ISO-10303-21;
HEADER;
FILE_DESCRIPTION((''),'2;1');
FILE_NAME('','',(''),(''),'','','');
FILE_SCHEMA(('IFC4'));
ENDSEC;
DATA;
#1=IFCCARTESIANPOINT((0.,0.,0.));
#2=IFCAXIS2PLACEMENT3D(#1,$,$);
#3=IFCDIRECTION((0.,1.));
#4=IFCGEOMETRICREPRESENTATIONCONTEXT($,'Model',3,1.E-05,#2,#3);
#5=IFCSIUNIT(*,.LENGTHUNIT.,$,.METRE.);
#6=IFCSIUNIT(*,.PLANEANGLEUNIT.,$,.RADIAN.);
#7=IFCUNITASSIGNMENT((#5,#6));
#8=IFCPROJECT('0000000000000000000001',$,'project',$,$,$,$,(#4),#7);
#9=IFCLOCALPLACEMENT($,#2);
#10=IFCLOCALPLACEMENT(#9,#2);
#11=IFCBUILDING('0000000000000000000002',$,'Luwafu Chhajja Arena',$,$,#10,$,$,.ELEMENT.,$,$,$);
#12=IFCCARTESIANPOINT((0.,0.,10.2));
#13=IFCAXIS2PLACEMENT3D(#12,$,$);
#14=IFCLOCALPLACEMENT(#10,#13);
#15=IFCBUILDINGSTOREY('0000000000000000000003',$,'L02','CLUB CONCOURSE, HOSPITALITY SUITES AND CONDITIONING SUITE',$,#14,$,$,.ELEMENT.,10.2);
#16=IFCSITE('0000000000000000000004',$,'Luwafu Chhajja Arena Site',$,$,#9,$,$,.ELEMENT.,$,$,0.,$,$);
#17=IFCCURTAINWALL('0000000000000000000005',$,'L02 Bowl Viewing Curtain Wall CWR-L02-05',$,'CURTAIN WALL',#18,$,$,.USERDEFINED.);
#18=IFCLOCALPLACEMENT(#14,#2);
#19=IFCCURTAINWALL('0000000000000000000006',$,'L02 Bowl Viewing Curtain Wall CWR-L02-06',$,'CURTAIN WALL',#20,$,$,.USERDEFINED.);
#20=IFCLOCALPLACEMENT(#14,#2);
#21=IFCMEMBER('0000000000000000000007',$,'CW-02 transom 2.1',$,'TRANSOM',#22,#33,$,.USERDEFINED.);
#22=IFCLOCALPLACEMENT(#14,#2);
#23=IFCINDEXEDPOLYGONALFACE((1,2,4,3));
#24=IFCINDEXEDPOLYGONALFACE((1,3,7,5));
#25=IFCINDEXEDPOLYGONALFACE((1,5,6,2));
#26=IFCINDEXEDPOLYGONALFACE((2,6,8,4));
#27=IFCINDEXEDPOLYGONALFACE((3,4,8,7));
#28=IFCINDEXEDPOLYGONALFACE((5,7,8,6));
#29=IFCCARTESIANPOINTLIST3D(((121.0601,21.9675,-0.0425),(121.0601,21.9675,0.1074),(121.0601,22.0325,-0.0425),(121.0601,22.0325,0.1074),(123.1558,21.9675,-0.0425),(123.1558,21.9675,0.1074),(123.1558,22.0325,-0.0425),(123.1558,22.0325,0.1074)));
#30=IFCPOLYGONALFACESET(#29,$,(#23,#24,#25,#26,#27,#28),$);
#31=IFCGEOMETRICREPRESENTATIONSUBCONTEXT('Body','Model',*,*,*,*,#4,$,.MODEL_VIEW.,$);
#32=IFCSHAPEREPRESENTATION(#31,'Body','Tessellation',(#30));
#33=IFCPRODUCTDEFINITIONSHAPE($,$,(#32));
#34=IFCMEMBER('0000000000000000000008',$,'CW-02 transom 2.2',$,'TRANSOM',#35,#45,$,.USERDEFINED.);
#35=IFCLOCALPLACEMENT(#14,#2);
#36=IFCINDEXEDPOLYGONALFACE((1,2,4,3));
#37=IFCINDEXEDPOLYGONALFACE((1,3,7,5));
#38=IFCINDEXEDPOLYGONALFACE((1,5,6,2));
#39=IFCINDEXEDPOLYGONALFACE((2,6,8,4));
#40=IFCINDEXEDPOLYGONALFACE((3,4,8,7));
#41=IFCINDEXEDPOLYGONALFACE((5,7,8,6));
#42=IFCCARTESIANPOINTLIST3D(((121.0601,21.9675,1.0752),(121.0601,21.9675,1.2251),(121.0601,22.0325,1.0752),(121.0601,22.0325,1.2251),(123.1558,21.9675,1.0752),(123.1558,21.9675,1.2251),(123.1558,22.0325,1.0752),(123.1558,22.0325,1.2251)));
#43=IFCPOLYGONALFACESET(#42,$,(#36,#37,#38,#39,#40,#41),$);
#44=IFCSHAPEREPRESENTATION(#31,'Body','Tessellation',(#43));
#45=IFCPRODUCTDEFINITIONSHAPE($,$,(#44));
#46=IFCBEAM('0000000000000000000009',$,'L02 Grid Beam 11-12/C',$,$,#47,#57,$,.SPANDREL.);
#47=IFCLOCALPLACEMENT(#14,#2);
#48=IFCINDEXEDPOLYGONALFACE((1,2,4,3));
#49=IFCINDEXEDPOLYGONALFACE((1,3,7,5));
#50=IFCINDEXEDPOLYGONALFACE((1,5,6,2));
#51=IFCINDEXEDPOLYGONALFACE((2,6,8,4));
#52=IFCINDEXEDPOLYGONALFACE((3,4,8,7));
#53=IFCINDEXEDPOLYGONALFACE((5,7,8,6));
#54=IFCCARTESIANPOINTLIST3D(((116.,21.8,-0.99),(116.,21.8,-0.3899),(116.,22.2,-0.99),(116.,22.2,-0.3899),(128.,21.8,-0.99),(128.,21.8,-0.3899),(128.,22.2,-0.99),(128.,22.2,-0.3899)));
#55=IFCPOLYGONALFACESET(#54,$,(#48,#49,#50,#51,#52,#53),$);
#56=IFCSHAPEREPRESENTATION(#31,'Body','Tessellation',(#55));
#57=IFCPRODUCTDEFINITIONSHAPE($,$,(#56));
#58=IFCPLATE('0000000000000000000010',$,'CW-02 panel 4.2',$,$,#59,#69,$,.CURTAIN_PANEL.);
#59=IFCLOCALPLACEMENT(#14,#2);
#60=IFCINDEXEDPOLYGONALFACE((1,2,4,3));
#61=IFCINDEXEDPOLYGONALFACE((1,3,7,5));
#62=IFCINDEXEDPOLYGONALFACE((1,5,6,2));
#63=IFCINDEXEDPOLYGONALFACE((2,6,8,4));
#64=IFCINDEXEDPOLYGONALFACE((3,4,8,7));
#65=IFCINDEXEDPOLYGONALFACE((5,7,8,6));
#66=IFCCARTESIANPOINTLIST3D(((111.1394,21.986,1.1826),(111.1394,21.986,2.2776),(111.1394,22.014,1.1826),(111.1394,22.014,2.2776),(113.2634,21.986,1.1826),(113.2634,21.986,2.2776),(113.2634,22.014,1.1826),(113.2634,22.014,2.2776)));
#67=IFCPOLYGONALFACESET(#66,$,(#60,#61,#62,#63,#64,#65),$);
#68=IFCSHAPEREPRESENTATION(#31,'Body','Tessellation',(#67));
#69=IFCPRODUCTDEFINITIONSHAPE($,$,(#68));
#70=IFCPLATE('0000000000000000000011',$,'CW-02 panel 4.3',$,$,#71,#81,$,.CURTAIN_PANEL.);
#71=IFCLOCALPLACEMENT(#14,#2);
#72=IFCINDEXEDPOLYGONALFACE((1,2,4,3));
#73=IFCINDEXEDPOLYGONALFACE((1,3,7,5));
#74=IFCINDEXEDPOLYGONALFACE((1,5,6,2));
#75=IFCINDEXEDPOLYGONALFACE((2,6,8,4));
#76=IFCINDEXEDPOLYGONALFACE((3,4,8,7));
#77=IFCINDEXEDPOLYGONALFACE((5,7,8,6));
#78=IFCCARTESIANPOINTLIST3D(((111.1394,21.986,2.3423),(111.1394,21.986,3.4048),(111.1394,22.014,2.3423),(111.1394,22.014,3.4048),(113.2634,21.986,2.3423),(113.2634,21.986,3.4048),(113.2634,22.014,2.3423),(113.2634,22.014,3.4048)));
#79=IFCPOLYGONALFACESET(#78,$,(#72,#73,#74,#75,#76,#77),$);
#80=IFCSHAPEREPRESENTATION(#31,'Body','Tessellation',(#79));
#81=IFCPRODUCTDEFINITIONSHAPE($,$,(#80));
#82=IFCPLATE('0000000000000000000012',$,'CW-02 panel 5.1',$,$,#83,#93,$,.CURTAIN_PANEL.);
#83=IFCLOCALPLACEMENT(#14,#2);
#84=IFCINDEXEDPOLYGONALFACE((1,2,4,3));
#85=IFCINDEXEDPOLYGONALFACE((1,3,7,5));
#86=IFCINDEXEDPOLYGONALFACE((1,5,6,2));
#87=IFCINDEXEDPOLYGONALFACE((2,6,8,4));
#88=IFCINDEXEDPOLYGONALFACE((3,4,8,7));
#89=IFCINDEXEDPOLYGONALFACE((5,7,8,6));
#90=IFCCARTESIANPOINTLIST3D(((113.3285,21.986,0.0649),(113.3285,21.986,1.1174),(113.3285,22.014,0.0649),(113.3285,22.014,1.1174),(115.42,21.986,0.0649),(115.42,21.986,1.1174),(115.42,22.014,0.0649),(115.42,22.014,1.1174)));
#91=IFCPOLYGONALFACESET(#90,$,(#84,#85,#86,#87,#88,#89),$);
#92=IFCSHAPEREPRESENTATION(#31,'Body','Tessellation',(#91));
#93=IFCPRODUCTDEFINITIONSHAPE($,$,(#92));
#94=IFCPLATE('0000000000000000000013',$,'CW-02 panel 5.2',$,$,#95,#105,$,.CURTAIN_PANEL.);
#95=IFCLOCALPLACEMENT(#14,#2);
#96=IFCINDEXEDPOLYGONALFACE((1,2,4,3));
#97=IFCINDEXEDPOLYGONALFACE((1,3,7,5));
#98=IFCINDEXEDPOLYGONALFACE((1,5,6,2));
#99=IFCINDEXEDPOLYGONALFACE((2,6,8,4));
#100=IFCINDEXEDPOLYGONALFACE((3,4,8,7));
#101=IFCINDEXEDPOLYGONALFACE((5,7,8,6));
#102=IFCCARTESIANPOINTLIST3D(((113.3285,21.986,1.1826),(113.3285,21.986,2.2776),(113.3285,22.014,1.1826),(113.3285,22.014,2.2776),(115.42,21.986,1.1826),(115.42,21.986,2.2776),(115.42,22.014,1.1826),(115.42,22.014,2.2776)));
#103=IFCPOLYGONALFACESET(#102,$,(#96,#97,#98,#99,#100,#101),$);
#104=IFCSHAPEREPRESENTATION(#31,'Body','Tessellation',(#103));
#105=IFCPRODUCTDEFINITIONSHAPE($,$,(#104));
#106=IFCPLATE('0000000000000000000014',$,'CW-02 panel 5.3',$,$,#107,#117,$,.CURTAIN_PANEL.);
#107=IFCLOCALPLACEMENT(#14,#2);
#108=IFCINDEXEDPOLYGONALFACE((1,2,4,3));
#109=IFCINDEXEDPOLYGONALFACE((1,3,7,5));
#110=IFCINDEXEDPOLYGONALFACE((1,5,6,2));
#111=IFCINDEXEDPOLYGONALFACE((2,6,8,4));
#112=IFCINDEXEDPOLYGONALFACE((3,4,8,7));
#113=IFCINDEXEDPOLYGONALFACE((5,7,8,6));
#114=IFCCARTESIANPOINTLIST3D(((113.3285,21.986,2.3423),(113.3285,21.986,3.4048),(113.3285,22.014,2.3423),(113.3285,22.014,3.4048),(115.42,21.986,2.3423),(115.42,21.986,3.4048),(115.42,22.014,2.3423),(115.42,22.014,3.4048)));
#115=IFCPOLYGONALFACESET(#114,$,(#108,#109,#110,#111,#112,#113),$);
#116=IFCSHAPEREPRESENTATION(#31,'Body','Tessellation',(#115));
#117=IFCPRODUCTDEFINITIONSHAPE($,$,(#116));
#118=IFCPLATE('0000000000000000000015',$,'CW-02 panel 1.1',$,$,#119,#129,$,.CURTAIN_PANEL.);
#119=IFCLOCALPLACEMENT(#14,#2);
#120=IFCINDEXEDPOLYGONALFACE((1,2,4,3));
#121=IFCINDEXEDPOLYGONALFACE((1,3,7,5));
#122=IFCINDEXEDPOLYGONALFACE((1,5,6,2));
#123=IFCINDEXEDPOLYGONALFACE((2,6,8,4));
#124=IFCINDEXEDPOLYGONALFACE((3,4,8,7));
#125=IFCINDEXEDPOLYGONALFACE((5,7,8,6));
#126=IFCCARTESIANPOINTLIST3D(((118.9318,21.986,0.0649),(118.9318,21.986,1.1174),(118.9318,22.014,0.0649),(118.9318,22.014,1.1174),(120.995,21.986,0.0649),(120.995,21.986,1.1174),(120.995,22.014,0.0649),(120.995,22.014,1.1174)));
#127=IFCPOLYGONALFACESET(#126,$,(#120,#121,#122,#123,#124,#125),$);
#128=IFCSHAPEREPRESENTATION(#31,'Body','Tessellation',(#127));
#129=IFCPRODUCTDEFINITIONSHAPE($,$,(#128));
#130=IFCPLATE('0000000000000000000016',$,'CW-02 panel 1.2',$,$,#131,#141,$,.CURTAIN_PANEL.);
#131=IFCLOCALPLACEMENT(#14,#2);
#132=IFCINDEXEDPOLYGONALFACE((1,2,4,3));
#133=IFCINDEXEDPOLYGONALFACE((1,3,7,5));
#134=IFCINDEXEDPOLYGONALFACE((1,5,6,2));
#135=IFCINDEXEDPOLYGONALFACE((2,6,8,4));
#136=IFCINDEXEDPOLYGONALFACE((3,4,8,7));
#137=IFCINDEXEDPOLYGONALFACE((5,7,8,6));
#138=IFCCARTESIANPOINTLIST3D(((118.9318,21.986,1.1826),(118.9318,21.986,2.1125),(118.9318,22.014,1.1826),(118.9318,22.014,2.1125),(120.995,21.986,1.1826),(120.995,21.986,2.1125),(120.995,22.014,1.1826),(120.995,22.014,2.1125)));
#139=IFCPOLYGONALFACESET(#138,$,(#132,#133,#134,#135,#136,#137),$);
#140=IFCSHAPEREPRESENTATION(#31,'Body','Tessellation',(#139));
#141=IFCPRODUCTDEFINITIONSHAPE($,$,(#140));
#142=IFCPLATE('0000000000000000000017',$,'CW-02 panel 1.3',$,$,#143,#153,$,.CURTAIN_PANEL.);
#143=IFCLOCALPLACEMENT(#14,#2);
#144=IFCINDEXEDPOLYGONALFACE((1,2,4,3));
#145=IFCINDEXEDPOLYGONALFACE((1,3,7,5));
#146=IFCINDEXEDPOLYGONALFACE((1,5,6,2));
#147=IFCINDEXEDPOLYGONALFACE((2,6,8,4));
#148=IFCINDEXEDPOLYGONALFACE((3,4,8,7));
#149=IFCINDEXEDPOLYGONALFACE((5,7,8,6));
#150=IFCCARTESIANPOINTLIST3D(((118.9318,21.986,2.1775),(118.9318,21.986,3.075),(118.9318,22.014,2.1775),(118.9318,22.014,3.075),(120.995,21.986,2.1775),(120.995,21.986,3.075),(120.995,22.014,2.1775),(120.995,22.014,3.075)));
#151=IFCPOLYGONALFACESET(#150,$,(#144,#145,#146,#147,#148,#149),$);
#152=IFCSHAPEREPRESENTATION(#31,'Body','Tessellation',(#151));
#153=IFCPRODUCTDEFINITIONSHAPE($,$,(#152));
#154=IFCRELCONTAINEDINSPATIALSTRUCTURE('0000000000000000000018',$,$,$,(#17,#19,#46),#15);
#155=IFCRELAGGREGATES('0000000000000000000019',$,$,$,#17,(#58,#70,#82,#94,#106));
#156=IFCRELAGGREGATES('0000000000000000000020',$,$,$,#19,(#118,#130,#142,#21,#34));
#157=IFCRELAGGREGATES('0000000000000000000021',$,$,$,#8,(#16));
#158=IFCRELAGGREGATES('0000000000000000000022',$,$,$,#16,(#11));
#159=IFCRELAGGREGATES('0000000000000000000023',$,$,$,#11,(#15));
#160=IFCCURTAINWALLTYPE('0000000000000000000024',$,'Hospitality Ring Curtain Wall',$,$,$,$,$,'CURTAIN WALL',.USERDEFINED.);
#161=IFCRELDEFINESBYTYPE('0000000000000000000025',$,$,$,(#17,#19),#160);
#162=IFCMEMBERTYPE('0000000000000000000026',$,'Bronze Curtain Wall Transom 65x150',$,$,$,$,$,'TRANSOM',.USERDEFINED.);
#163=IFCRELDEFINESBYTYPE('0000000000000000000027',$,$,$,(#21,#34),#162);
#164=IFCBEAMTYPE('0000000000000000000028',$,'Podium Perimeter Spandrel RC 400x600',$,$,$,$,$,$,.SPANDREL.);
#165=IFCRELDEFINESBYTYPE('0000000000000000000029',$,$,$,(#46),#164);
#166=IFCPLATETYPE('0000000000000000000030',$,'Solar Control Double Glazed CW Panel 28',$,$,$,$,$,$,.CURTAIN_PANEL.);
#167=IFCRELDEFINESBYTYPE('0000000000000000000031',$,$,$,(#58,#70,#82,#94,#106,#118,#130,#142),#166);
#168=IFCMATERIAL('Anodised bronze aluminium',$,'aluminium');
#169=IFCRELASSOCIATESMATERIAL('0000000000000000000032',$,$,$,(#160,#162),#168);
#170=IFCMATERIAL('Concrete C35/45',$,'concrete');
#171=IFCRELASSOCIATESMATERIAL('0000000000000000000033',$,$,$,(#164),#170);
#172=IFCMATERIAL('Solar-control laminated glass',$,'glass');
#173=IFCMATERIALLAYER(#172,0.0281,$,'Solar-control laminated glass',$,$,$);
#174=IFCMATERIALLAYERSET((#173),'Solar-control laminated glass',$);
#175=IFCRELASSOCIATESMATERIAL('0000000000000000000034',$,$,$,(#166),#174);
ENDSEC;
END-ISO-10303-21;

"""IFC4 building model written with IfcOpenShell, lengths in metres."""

from ifc_helpers import new_model, si_unit, direction, frame, origin, origin_2d, place, context, subcontext, project, spatial, rectangle, extrude, material, layer, layer_set, material_profile, profile_set, type_object, element, aggregate, save


model = new_model("IFC4")

# Units and contexts
model_context = context("Model", 3, precision=1e-05, world=origin(), true_north=direction((0.0, 1.0)))
body_context = subcontext(model_context, "Body", "Model", "MODEL_VIEW")
ifc_project = project(units=[si_unit("LENGTHUNIT", "METRE"), si_unit("PLANEANGLEUNIT", "RADIAN")], contexts=[model_context])

# Site, building, storey
site_placement = place(None, origin())
site = spatial("IfcSite", under=ifc_project, at=site_placement, Name="Luwafu Chhajja Arena Site", CompositionType="ELEMENT", RefElevation=0.0)
building_placement = place(site_placement, origin())
building = spatial("IfcBuilding", under=site, at=building_placement, Name="Luwafu Chhajja Arena", CompositionType="ELEMENT")
storey_placement = place(building_placement, frame((0.0, 0.0, 10.2)))
storey = spatial("IfcBuildingStorey", under=building, at=storey_placement, Name="L02", Description="CLUB CONCOURSE, HOSPITALITY SUITES AND CONDITIONING SUITE", CompositionType="ELEMENT", Elevation=10.2)

# Shared definitions
ifc_material_1 = material(Name="Concrete C35/45", Category="concrete")

# Curtain walls
ifc_material_2 = material(Name="Anodised bronze aluminium", Category="aluminium")
curtain_wall_type = type_object("IfcCurtainWallType", Name="Hospitality Ring Curtain Wall", ElementType="CURTAIN WALL", PredefinedType="USERDEFINED", material=ifc_material_2)
curtain_wall_1_placement = place(storey_placement, origin())
curtain_wall_1 = element("IfcCurtainWall", 1, at=curtain_wall_1_placement, inside=storey, type_object=curtain_wall_type, Name="L02 Bowl Viewing Curtain Wall CWR-L02-05", ObjectType="CURTAIN WALL", PredefinedType="USERDEFINED")
curtain_wall_2_placement = place(storey_placement, origin())
curtain_wall_2 = element("IfcCurtainWall", 2, at=curtain_wall_2_placement, inside=storey, type_object=curtain_wall_type, Name="L02 Bowl Viewing Curtain Wall CWR-L02-06", ObjectType="CURTAIN WALL", PredefinedType="USERDEFINED")

# Members
ifc_material_profile_1 = material_profile(ifc_material_2, rectangle(XDim=0.0649, YDim=0.1499, at=origin_2d()), Name="CWT 65x150")
ifc_profile_set_1 = profile_set([ifc_material_profile_1], Name="Anodised bronze aluminium")
member_type_1 = type_object("IfcMemberType", Name="Bronze Curtain Wall Transom 65x150", ElementType="TRANSOM", PredefinedType="USERDEFINED", material=ifc_profile_set_1)
member_1_placement = place(storey_placement, frame((121.0601, 22.0, 0.0325), z_axis=(1.0, 0.0, 0.0), x_axis=(0.0, 1.0, 0.0)))
member_1 = element("IfcMember", 3, at=member_1_placement, type_object=member_type_1, Name="CW-02 transom 2.1", ObjectType="TRANSOM", PredefinedType="USERDEFINED", context=body_context, shape_type="SweptSolid", body=[
    extrude(rectangle(XDim=0.0649, YDim=0.1499, at=origin_2d()), origin(), (0.0, 0.0, 1.0), 2.0957),
])
member_2_placement = place(storey_placement, frame((121.0601, 22.0, 1.1501), z_axis=(1.0, 0.0, 0.0), x_axis=(0.0, 1.0, 0.0)))
member_2 = element("IfcMember", 4, at=member_2_placement, type_object=member_type_1, Name="CW-02 transom 2.2", ObjectType="TRANSOM", PredefinedType="USERDEFINED", context=body_context, shape_type="SweptSolid", body=[
    extrude(rectangle(XDim=0.0649, YDim=0.1499, at=origin_2d()), origin(), (0.0, 0.0, 1.0), 2.0957),
])

# Beam
ifc_material_profile_2 = material_profile(ifc_material_1, rectangle(XDim=0.3999, YDim=0.6001, at=origin_2d()), Name="RC 400x600")
ifc_profile_set_2 = profile_set([ifc_material_profile_2], Name="Concrete C35/45")
beam_type = type_object("IfcBeamType", Name="Podium Perimeter Spandrel RC 400x600", PredefinedType="SPANDREL", material=ifc_profile_set_2)
beam_placement = place(storey_placement, frame((116.0, 22.0, -0.6899), z_axis=(1.0, 0.0, 0.0), x_axis=(0.0, 1.0, 0.0)))
element("IfcBeam", 5, at=beam_placement, inside=storey, type_object=beam_type, Name="L02 Grid Beam 11-12/C", PredefinedType="SPANDREL", context=body_context, shape_type="SweptSolid", body=[
    extrude(rectangle(XDim=0.3999, YDim=0.6001, at=origin_2d()), origin(), (0.0, 0.0, 1.0), 12.0),
])

# Plates
ifc_material_3 = material(Name="Solar-control laminated glass", Category="glass")
ifc_layer = layer(ifc_material_3, 0.0281, Name="Solar-control laminated glass")
ifc_layer_set = layer_set([ifc_layer], Name="Solar-control laminated glass")
plate_type = type_object("IfcPlateType", Name="Solar Control Double Glazed CW Panel 28", PredefinedType="CURTAIN_PANEL", material=ifc_layer_set)
plate_1_placement = place(storey_placement, frame((112.2014, 22.0, 1.1826), z_axis=(0.0, 0.0, 1.0), x_axis=(1.0, 0.0, 0.0)))
plate_1 = element("IfcPlate", 6, at=plate_1_placement, type_object=plate_type, Name="CW-02 panel 4.2", PredefinedType="CURTAIN_PANEL", context=body_context, shape_type="SweptSolid", body=[
    extrude(rectangle(XDim=2.124, YDim=0.0281, at=origin_2d()), origin(), (0.0, 0.0, 1.0), 1.095),
])
plate_2_placement = place(storey_placement, frame((112.2014, 22.0, 2.3423), z_axis=(0.0, 0.0, 1.0), x_axis=(1.0, 0.0, 0.0)))
plate_2 = element("IfcPlate", 7, at=plate_2_placement, type_object=plate_type, Name="CW-02 panel 4.3", PredefinedType="CURTAIN_PANEL", context=body_context, shape_type="SweptSolid", body=[
    extrude(rectangle(XDim=2.124, YDim=0.0281, at=origin_2d()), origin(), (0.0, 0.0, 1.0), 1.0625),
])
plate_3_placement = place(storey_placement, frame((114.3743, 22.0, 0.0649), z_axis=(0.0, 0.0, 1.0), x_axis=(1.0, 0.0, 0.0)))
plate_3 = element("IfcPlate", 8, at=plate_3_placement, type_object=plate_type, Name="CW-02 panel 5.1", PredefinedType="CURTAIN_PANEL", context=body_context, shape_type="SweptSolid", body=[
    extrude(rectangle(XDim=2.0916, YDim=0.0281, at=origin_2d()), origin(), (0.0, 0.0, 1.0), 1.0525),
])
plate_4_placement = place(storey_placement, frame((114.3743, 22.0, 1.1826), z_axis=(0.0, 0.0, 1.0), x_axis=(1.0, 0.0, 0.0)))
plate_4 = element("IfcPlate", 9, at=plate_4_placement, type_object=plate_type, Name="CW-02 panel 5.2", PredefinedType="CURTAIN_PANEL", context=body_context, shape_type="SweptSolid", body=[
    extrude(rectangle(XDim=2.0916, YDim=0.0281, at=origin_2d()), origin(), (0.0, 0.0, 1.0), 1.095),
])
plate_5_placement = place(storey_placement, frame((114.3743, 22.0, 2.3423), z_axis=(0.0, 0.0, 1.0), x_axis=(1.0, 0.0, 0.0)))
plate_5 = element("IfcPlate", 10, at=plate_5_placement, type_object=plate_type, Name="CW-02 panel 5.3", PredefinedType="CURTAIN_PANEL", context=body_context, shape_type="SweptSolid", body=[
    extrude(rectangle(XDim=2.0916, YDim=0.0281, at=origin_2d()), origin(), (0.0, 0.0, 1.0), 1.0625),
])
aggregate(curtain_wall_1, [plate_1, plate_2, plate_3, plate_4, plate_5])
plate_6_placement = place(storey_placement, frame((119.9634, 22.0, 0.0649), z_axis=(0.0, 0.0, 1.0), x_axis=(1.0, 0.0, 0.0)))
plate_6 = element("IfcPlate", 11, at=plate_6_placement, type_object=plate_type, Name="CW-02 panel 1.1", PredefinedType="CURTAIN_PANEL", context=body_context, shape_type="SweptSolid", body=[
    extrude(rectangle(XDim=2.0632, YDim=0.0281, at=origin_2d()), origin(), (0.0, 0.0, 1.0), 1.0525),
])
plate_7_placement = place(storey_placement, frame((119.9634, 22.0, 1.1826), z_axis=(0.0, 0.0, 1.0), x_axis=(1.0, 0.0, 0.0)))
plate_7 = element("IfcPlate", 12, at=plate_7_placement, type_object=plate_type, Name="CW-02 panel 1.2", PredefinedType="CURTAIN_PANEL", context=body_context, shape_type="SweptSolid", body=[
    extrude(rectangle(XDim=2.0632, YDim=0.0281, at=origin_2d()), origin(), (0.0, 0.0, 1.0), 0.9299),
])
plate_8_placement = place(storey_placement, frame((119.9634, 22.0, 2.1775), z_axis=(0.0, 0.0, 1.0), x_axis=(1.0, 0.0, 0.0)))
plate_8 = element("IfcPlate", 13, at=plate_8_placement, type_object=plate_type, Name="CW-02 panel 1.3", PredefinedType="CURTAIN_PANEL", context=body_context, shape_type="SweptSolid", body=[
    extrude(rectangle(XDim=2.0632, YDim=0.0281, at=origin_2d()), origin(), (0.0, 0.0, 1.0), 0.8975),
])
aggregate(curtain_wall_2, [plate_6, plate_7, plate_8, member_1, member_2])

save(model, "model.ifc")
